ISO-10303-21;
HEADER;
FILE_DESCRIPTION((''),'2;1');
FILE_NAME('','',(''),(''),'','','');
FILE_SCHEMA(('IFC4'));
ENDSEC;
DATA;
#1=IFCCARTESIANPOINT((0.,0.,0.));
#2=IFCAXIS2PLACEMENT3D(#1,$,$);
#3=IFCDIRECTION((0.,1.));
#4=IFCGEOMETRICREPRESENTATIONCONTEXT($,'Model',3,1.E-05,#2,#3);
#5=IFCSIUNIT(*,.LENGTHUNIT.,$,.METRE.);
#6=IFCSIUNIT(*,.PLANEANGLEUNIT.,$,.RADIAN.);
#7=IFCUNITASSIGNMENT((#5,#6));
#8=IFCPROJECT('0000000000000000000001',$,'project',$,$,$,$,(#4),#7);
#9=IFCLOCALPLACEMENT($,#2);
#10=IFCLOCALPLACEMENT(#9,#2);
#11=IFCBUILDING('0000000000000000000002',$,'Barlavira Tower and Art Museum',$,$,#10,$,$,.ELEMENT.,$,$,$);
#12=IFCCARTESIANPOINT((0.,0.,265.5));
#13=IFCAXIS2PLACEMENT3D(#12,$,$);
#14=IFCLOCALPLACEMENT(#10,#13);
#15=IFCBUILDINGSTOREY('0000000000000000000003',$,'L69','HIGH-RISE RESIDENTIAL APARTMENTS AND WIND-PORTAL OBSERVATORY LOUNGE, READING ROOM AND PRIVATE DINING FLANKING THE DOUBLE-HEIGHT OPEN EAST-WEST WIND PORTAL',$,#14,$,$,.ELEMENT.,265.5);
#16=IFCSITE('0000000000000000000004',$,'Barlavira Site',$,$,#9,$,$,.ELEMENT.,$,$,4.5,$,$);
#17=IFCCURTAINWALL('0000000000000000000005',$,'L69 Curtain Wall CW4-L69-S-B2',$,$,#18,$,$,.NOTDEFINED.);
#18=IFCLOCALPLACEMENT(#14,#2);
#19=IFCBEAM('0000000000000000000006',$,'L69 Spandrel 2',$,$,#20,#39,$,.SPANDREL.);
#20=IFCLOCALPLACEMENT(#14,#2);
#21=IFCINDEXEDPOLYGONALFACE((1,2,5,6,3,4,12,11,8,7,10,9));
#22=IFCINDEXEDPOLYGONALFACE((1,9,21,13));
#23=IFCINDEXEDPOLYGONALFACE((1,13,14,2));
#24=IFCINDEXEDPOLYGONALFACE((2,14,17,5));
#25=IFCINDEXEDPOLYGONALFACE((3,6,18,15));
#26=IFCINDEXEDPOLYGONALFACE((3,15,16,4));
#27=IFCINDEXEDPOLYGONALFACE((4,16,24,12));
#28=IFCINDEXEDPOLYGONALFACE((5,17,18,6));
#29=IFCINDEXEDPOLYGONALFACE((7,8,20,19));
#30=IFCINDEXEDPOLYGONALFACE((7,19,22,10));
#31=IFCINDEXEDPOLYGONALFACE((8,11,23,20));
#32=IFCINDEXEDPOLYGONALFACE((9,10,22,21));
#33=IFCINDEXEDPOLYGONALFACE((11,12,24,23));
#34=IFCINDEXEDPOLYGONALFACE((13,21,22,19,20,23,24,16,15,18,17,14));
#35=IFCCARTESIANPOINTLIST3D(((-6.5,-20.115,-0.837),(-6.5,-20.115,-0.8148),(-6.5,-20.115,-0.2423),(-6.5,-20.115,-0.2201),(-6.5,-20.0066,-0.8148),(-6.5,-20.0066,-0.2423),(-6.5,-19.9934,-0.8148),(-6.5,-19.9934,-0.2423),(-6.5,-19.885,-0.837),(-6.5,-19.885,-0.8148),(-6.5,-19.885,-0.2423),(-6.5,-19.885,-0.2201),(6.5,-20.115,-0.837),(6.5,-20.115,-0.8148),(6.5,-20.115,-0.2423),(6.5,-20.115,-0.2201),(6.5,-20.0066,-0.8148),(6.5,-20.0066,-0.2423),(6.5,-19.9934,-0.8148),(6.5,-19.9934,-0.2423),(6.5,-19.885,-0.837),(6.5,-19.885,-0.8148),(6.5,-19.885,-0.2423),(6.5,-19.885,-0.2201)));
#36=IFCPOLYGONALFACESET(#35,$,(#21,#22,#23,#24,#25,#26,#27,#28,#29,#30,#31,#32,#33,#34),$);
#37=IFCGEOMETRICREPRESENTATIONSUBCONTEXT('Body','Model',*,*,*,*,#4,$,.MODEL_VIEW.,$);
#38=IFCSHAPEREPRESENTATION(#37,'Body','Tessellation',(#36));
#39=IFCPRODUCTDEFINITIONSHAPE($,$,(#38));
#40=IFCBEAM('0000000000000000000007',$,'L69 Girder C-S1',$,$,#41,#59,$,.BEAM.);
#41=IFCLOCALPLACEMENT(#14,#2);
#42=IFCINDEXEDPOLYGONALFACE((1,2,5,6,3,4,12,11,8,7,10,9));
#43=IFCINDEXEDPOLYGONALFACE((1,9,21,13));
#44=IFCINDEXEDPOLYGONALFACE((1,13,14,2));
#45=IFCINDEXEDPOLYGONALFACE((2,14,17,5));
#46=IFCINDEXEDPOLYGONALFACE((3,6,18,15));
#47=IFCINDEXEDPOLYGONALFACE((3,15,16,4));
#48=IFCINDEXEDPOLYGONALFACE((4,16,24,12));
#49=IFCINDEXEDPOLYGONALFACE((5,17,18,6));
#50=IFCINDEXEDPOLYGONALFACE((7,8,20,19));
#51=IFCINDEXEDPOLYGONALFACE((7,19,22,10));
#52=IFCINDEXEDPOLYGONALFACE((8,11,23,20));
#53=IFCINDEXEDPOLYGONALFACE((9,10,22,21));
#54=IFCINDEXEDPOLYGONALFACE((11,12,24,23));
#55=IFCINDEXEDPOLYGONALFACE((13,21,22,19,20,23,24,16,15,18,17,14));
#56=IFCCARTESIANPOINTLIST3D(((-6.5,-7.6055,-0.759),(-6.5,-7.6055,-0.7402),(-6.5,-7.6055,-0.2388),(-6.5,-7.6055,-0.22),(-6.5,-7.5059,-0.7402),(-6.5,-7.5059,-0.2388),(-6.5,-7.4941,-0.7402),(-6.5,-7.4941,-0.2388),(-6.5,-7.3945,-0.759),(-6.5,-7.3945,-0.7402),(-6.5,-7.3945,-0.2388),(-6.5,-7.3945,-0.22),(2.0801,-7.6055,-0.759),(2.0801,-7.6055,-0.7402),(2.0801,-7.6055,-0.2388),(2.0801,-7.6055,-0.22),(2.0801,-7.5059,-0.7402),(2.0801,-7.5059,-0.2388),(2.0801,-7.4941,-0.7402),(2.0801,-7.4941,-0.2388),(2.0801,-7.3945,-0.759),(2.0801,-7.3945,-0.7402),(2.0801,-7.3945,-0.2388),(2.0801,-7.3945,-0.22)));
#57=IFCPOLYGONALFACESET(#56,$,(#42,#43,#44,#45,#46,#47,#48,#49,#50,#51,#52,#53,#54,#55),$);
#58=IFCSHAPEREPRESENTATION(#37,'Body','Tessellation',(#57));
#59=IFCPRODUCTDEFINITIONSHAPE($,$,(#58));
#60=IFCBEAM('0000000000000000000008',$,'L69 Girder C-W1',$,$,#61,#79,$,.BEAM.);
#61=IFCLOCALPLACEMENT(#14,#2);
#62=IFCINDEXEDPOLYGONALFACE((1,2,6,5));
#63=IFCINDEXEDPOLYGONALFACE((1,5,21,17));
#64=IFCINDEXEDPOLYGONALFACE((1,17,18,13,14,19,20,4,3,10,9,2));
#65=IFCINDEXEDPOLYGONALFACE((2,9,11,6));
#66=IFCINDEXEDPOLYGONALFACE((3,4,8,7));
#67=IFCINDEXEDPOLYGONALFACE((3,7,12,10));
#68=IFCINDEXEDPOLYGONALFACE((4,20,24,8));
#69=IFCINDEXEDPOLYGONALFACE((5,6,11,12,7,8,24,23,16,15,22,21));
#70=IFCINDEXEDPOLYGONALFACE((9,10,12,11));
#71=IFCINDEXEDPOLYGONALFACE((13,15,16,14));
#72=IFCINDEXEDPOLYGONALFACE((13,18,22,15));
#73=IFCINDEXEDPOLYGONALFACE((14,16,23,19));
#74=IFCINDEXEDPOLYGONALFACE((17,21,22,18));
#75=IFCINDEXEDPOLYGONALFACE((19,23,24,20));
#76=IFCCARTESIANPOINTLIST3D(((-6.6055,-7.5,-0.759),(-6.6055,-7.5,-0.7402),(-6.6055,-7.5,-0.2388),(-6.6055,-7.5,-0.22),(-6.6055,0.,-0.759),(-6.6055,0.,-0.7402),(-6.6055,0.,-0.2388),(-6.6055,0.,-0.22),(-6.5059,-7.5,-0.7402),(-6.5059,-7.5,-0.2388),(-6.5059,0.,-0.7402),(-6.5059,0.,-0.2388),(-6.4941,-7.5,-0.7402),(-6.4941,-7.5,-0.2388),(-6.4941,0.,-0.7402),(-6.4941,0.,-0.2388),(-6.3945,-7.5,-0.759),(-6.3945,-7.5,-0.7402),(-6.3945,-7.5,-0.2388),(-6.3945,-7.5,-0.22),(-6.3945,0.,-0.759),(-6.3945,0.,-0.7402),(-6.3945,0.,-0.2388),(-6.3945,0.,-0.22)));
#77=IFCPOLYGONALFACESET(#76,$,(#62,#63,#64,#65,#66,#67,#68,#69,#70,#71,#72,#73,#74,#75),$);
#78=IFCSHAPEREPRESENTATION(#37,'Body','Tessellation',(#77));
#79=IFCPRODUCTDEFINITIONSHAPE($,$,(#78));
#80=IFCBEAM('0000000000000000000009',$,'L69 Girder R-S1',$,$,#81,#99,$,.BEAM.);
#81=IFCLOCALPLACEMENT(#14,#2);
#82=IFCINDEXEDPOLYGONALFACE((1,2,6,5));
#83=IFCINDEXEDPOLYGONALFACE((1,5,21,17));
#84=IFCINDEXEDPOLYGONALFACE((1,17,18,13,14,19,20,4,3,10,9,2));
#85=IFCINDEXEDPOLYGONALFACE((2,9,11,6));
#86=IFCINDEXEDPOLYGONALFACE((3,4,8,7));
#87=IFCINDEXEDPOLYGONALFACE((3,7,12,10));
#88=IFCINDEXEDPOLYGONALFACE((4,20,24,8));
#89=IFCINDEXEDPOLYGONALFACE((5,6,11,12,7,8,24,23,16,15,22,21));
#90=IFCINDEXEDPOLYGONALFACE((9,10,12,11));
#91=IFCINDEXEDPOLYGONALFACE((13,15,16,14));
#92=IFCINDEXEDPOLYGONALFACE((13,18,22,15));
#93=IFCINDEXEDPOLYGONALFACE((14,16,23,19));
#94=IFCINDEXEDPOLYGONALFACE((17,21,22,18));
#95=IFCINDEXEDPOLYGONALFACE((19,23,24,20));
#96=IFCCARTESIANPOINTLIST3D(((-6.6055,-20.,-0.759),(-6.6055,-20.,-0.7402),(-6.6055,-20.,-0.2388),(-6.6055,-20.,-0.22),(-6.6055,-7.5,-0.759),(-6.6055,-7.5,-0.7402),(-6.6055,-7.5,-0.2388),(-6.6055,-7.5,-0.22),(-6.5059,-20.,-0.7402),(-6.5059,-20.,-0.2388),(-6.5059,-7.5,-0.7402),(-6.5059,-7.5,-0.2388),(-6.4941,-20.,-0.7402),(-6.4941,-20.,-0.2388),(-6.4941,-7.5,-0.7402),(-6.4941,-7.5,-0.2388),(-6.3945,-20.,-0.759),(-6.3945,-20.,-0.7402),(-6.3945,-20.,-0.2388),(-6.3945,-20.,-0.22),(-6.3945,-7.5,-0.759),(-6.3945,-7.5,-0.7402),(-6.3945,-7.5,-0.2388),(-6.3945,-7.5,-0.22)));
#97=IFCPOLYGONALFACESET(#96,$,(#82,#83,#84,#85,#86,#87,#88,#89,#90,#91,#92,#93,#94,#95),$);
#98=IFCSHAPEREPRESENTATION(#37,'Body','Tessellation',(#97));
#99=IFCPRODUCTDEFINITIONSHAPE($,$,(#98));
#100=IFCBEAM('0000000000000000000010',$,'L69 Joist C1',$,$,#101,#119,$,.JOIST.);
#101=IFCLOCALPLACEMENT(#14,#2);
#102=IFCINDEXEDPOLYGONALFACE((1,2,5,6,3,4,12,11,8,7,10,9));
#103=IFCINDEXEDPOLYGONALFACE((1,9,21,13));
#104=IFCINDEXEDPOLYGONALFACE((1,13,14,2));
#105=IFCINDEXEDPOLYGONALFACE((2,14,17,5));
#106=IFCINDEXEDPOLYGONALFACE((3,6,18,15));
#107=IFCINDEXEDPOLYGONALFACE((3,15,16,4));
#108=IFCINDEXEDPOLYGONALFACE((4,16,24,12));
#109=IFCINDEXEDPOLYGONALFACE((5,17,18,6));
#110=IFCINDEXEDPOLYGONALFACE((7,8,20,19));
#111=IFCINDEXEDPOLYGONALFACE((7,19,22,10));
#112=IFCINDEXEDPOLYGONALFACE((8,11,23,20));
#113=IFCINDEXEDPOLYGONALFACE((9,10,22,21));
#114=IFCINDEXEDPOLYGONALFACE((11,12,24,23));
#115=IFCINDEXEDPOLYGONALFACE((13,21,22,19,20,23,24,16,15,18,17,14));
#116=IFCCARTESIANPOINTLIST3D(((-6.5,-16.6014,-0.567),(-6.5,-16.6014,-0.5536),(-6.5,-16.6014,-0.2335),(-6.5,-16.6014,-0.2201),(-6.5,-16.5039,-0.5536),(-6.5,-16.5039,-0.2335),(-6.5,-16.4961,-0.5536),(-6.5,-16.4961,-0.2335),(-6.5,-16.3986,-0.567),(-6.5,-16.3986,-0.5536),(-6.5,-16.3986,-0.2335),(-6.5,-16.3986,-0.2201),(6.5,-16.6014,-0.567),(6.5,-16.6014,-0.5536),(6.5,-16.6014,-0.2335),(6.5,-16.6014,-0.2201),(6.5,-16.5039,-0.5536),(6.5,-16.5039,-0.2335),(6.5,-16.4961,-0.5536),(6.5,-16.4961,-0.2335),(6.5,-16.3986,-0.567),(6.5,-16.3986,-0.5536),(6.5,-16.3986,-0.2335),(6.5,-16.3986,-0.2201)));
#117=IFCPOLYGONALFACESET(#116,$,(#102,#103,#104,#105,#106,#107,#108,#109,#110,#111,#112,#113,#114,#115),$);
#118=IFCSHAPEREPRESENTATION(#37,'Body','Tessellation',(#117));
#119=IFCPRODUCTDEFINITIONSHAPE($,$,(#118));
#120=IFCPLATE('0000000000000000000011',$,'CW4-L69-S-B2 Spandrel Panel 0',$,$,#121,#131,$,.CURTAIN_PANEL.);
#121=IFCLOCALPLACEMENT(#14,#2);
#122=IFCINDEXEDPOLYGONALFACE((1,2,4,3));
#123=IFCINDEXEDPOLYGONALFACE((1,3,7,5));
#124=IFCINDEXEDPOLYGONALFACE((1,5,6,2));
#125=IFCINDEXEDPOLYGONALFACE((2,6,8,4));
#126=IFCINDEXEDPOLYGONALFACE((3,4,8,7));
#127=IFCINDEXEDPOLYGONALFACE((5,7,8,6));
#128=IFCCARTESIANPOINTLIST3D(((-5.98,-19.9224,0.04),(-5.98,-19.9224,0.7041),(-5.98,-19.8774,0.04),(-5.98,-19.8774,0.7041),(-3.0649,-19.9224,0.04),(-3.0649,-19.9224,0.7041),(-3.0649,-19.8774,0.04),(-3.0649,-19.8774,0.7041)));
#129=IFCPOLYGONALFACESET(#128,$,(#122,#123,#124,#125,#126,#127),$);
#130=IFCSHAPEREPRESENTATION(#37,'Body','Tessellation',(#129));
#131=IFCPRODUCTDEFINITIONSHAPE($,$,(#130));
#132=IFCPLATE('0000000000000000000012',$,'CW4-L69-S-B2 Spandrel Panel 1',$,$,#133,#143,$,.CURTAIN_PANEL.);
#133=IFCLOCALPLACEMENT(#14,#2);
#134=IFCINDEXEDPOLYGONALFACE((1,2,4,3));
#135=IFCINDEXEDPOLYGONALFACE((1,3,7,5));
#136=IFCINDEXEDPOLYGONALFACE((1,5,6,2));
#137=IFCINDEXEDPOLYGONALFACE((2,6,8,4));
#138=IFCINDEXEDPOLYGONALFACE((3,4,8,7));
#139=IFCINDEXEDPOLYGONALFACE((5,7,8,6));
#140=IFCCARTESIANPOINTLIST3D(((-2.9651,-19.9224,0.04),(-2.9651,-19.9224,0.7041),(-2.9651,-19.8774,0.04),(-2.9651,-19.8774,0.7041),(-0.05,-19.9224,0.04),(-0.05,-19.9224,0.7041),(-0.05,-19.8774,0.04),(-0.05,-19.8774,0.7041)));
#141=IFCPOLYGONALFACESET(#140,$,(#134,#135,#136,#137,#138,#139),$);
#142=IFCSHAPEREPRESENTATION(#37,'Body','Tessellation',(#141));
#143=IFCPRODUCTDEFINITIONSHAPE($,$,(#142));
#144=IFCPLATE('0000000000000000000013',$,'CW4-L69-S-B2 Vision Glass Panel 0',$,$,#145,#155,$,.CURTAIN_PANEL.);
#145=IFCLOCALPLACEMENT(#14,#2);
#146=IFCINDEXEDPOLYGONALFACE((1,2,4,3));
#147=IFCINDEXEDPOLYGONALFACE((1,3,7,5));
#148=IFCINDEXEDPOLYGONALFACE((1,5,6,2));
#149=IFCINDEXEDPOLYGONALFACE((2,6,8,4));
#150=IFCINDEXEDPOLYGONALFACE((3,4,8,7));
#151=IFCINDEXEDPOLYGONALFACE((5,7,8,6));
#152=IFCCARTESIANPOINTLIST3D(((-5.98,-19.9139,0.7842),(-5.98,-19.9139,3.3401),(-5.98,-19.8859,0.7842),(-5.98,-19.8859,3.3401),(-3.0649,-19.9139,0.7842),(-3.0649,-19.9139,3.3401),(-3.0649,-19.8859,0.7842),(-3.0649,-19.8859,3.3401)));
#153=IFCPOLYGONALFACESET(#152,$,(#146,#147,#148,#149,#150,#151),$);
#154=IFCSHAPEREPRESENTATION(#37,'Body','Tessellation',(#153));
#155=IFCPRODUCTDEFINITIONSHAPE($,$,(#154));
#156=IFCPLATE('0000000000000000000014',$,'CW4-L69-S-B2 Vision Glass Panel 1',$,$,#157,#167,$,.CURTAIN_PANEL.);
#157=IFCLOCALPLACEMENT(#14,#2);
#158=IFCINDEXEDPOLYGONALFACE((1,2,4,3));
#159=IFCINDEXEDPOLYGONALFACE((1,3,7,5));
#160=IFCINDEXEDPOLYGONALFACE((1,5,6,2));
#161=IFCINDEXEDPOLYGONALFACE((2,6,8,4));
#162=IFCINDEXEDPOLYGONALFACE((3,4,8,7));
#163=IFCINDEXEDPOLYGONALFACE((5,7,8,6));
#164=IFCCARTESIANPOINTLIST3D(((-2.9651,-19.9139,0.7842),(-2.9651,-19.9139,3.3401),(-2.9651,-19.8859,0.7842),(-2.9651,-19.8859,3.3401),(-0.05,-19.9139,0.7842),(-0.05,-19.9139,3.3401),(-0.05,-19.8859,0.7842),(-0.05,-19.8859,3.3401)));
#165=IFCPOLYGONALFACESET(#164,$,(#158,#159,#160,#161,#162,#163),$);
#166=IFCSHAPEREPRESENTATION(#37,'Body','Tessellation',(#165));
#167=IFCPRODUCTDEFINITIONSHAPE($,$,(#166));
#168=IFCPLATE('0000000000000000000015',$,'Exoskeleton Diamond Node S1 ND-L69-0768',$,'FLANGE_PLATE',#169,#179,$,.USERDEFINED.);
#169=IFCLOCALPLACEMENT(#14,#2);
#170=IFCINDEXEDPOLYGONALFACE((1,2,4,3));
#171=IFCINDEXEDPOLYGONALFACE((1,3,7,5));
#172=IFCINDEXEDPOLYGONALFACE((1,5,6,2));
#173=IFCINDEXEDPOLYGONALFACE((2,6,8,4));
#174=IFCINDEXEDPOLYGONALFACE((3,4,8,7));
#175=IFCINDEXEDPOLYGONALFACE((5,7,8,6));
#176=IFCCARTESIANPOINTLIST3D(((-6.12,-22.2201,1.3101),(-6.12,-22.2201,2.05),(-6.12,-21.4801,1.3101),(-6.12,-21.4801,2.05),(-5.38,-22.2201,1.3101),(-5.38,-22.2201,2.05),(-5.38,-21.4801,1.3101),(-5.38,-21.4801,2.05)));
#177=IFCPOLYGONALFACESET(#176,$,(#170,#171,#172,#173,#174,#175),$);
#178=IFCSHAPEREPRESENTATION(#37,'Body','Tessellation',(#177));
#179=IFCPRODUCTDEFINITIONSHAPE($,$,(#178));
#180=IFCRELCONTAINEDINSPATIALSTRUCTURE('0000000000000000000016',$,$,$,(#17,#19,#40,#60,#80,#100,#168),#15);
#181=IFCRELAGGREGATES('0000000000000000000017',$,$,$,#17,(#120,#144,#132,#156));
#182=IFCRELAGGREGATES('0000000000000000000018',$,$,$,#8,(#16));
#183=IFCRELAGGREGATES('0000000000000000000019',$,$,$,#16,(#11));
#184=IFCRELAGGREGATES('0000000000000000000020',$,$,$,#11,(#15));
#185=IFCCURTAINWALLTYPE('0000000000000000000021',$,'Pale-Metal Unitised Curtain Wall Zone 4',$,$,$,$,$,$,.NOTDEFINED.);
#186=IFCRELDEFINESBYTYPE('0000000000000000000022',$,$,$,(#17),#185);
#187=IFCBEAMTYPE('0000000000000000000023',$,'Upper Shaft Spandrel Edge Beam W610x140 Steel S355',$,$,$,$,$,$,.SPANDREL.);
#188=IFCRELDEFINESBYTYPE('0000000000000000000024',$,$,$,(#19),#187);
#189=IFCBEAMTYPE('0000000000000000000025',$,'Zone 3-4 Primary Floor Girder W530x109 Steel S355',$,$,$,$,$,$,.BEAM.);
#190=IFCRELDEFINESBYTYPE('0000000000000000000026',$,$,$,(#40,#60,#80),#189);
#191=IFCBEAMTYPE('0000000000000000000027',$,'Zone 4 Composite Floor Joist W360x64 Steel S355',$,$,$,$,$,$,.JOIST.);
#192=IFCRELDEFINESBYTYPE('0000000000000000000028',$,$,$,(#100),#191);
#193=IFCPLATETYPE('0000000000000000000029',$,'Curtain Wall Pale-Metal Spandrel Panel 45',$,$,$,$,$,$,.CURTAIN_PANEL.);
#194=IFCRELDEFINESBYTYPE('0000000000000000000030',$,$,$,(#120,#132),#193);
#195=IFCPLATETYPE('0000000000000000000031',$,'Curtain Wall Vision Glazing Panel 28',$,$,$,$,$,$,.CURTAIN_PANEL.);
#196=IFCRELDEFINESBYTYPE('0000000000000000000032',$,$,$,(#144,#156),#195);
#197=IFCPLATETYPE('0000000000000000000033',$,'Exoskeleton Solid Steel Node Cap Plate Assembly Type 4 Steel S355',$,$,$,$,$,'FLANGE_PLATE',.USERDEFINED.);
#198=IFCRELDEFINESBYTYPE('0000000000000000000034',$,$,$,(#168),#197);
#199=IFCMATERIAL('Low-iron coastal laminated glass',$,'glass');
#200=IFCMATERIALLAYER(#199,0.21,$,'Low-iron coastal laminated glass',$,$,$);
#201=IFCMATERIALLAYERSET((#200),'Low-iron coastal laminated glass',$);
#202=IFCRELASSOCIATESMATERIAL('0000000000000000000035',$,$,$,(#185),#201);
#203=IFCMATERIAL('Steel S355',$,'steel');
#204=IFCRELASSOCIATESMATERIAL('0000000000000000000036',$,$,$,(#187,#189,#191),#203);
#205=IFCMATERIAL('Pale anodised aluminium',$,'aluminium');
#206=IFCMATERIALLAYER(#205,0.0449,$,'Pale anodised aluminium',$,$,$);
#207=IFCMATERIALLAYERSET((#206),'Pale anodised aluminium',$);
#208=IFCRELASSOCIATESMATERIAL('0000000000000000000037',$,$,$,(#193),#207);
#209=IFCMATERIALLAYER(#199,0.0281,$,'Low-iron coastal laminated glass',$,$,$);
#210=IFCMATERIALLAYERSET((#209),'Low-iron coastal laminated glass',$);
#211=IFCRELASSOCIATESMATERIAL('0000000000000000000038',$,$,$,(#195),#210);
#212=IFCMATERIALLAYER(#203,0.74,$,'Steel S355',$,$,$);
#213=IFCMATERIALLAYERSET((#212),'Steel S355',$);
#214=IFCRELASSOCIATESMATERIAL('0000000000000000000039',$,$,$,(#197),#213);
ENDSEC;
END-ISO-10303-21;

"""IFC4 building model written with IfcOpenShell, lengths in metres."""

from ifc_helpers import new_model, si_unit, direction, frame, origin, origin_2d, place, context, subcontext, project, spatial, rectangle, i_section, extrude, material, layer, layer_set, material_profile, profile_set, type_object, element, aggregate, save


model = new_model("IFC4")

# Units and contexts
model_context = context("Model", 3, precision=1e-05, world=origin(), true_north=direction((0.0, 1.0)))
body_context = subcontext(model_context, "Body", "Model", "MODEL_VIEW")
ifc_project = project(units=[si_unit("LENGTHUNIT", "METRE"), si_unit("PLANEANGLEUNIT", "RADIAN")], contexts=[model_context])

# Site, building, storey
site_placement = place(None, origin())
site = spatial("IfcSite", under=ifc_project, at=site_placement, Name="Barlavira Site", CompositionType="ELEMENT", RefElevation=4.5)
building_placement = place(site_placement, origin())
building = spatial("IfcBuilding", under=site, at=building_placement, Name="Barlavira Tower and Art Museum", CompositionType="ELEMENT")
storey_placement = place(building_placement, frame((0.0, 0.0, 265.5)))
storey = spatial("IfcBuildingStorey", under=building, at=storey_placement, Name="L69", Description="HIGH-RISE RESIDENTIAL APARTMENTS AND WIND-PORTAL OBSERVATORY LOUNGE, READING ROOM AND PRIVATE DINING FLANKING THE DOUBLE-HEIGHT OPEN EAST-WEST WIND PORTAL", CompositionType="ELEMENT", Elevation=265.5)

# Shared definitions
ifc_material_1 = material(Name="Steel S355", Category="steel")

# Curtain wall
ifc_material_2 = material(Name="Low-iron coastal laminated glass", Category="glass")
ifc_layer_1 = layer(ifc_material_2, 0.21, Name="Low-iron coastal laminated glass")
ifc_layer_set_1 = layer_set([ifc_layer_1], Name="Low-iron coastal laminated glass")
curtain_wall_type = type_object("IfcCurtainWallType", Name="Pale-Metal Unitised Curtain Wall Zone 4", PredefinedType="NOTDEFINED", material=ifc_layer_set_1)
curtain_wall_placement = place(storey_placement, origin())
curtain_wall = element("IfcCurtainWall", 1, at=curtain_wall_placement, inside=storey, type_object=curtain_wall_type, Name="L69 Curtain Wall CW4-L69-S-B2", PredefinedType="NOTDEFINED")
ifc_material_3 = material(Name="Pale anodised aluminium", Category="aluminium")

# Beams
ifc_material_profile_1 = material_profile(ifc_material_1, i_section(OverallWidth=0.23, OverallDepth=0.6169, WebThickness=0.0132, FlangeThickness=0.0222, at=origin_2d()), Name="W610x140.0")
ifc_profile_set_1 = profile_set([ifc_material_profile_1], Name="Steel S355")
beam_type_1 = type_object("IfcBeamType", Name="Upper Shaft Spandrel Edge Beam W610x140 Steel S355", PredefinedType="SPANDREL", material=ifc_profile_set_1)
beam_1_placement = place(storey_placement, frame((-6.5, -20.0, -0.5286), z_axis=(1.0, 0.0, 0.0), x_axis=(0.0, 1.0, 0.0)))
element("IfcBeam", 2, at=beam_1_placement, inside=storey, type_object=beam_type_1, Name="L69 Spandrel 2", PredefinedType="SPANDREL", context=body_context, shape_type="SweptSolid", body=[
    extrude(i_section(OverallWidth=0.23, OverallDepth=0.6169, WebThickness=0.0132, FlangeThickness=0.0222, at=origin_2d()), origin(), (0.0, 0.0, 1.0), 13.0),
])
ifc_material_profile_2 = material_profile(ifc_material_1, i_section(OverallWidth=0.2109, OverallDepth=0.5391, WebThickness=0.0117, FlangeThickness=0.0188, at=origin_2d()), Name="W530x109.0")
ifc_profile_set_2 = profile_set([ifc_material_profile_2], Name="Steel S355")
beam_type_2 = type_object("IfcBeamType", Name="Zone 3-4 Primary Floor Girder W530x109 Steel S355", PredefinedType="BEAM", material=ifc_profile_set_2)
beam_2_placement = place(storey_placement, frame((-6.5, -7.5, -0.4895), z_axis=(1.0, 0.0, 0.0), x_axis=(0.0, 1.0, 0.0)))
element("IfcBeam", 3, at=beam_2_placement, inside=storey, type_object=beam_type_2, Name="L69 Girder C-S1", PredefinedType="BEAM", context=body_context, shape_type="SweptSolid", body=[
    extrude(i_section(OverallWidth=0.2109, OverallDepth=0.5391, WebThickness=0.0117, FlangeThickness=0.0188, at=origin_2d()), origin(), (0.0, 0.0, 1.0), 8.5801),
])
beam_3_placement = place(storey_placement, frame((-6.5, -7.5, -0.4895), z_axis=(0.0, 1.0, 0.0), x_axis=(-1.0, 0.0, 0.0)))
element("IfcBeam", 4, at=beam_3_placement, inside=storey, type_object=beam_type_2, Name="L69 Girder C-W1", PredefinedType="BEAM", context=body_context, shape_type="SweptSolid", body=[
    extrude(i_section(OverallWidth=0.2109, OverallDepth=0.5391, WebThickness=0.0117, FlangeThickness=0.0188, at=origin_2d()), origin(), (0.0, 0.0, 1.0), 7.5),
])
beam_4_placement = place(storey_placement, frame((-6.5, -20.0, -0.4895), z_axis=(0.0, 1.0, 0.0), x_axis=(-1.0, 0.0, 0.0)))
element("IfcBeam", 5, at=beam_4_placement, inside=storey, type_object=beam_type_2, Name="L69 Girder R-S1", PredefinedType="BEAM", context=body_context, shape_type="SweptSolid", body=[
    extrude(i_section(OverallWidth=0.2109, OverallDepth=0.5391, WebThickness=0.0117, FlangeThickness=0.0188, at=origin_2d()), origin(), (0.0, 0.0, 1.0), 12.5),
])
ifc_material_profile_3 = material_profile(ifc_material_1, i_section(OverallWidth=0.2029, OverallDepth=0.3469, WebThickness=0.0078, FlangeThickness=0.0134, at=origin_2d()), Name="W360x64.0")
ifc_profile_set_3 = profile_set([ifc_material_profile_3], Name="Steel S355")
beam_type_3 = type_object("IfcBeamType", Name="Zone 4 Composite Floor Joist W360x64 Steel S355", PredefinedType="JOIST", material=ifc_profile_set_3)
beam_5_placement = place(storey_placement, frame((-6.5, -16.5, -0.3936), z_axis=(1.0, 0.0, 0.0), x_axis=(0.0, 1.0, 0.0)))
element("IfcBeam", 6, at=beam_5_placement, inside=storey, type_object=beam_type_3, Name="L69 Joist C1", PredefinedType="JOIST", context=body_context, shape_type="SweptSolid", body=[
    extrude(i_section(OverallWidth=0.2029, OverallDepth=0.3469, WebThickness=0.0078, FlangeThickness=0.0134, at=origin_2d()), origin(), (0.0, 0.0, 1.0), 13.0),
])

# Plates
ifc_layer_2 = layer(ifc_material_3, 0.0449, Name="Pale anodised aluminium")
ifc_layer_set_2 = layer_set([ifc_layer_2], Name="Pale anodised aluminium")
plate_type_1 = type_object("IfcPlateType", Name="Curtain Wall Pale-Metal Spandrel Panel 45", PredefinedType="CURTAIN_PANEL", material=ifc_layer_set_2)
plate_1_placement = place(storey_placement, frame((-4.5225, -19.8999, 0.04), z_axis=(0.0, 0.0, 1.0), x_axis=(1.0, 0.0, 0.0)))
plate_1 = element("IfcPlate", 7, at=plate_1_placement, type_object=plate_type_1, Name="CW4-L69-S-B2 Spandrel Panel 0", PredefinedType="CURTAIN_PANEL", context=body_context, shape_type="SweptSolid", body=[
    extrude(rectangle(XDim=2.915, YDim=0.0449, at=origin_2d()), origin(), (0.0, 0.0, 1.0), 0.6641),
])
plate_2_placement = place(storey_placement, frame((-1.5076, -19.8999, 0.04), z_axis=(0.0, 0.0, 1.0), x_axis=(1.0, 0.0, 0.0)))
plate_2 = element("IfcPlate", 8, at=plate_2_placement, type_object=plate_type_1, Name="CW4-L69-S-B2 Spandrel Panel 1", PredefinedType="CURTAIN_PANEL", context=body_context, shape_type="SweptSolid", body=[
    extrude(rectangle(XDim=2.915, YDim=0.0449, at=origin_2d()), origin(), (0.0, 0.0, 1.0), 0.6641),
])
ifc_layer_3 = layer(ifc_material_2, 0.0281, Name="Low-iron coastal laminated glass")
ifc_layer_set_3 = layer_set([ifc_layer_3], Name="Low-iron coastal laminated glass")
plate_type_2 = type_object("IfcPlateType", Name="Curtain Wall Vision Glazing Panel 28", PredefinedType="CURTAIN_PANEL", material=ifc_layer_set_3)
plate_3_placement = place(storey_placement, frame((-4.5225, -19.8999, 0.7842), z_axis=(0.0, 0.0, 1.0), x_axis=(1.0, 0.0, 0.0)))
plate_3 = element("IfcPlate", 9, at=plate_3_placement, type_object=plate_type_2, Name="CW4-L69-S-B2 Vision Glass Panel 0", PredefinedType="CURTAIN_PANEL", context=body_context, shape_type="SweptSolid", body=[
    extrude(rectangle(XDim=2.915, YDim=0.0281, at=origin_2d()), origin(), (0.0, 0.0, 1.0), 2.5559),
])
plate_4_placement = place(storey_placement, frame((-1.5076, -19.8999, 0.7842), z_axis=(0.0, 0.0, 1.0), x_axis=(1.0, 0.0, 0.0)))
plate_4 = element("IfcPlate", 10, at=plate_4_placement, type_object=plate_type_2, Name="CW4-L69-S-B2 Vision Glass Panel 1", PredefinedType="CURTAIN_PANEL", context=body_context, shape_type="SweptSolid", body=[
    extrude(rectangle(XDim=2.915, YDim=0.0281, at=origin_2d()), origin(), (0.0, 0.0, 1.0), 2.5559),
])
aggregate(curtain_wall, [plate_1, plate_3, plate_2, plate_4])
ifc_layer_4 = layer(ifc_material_1, 0.74, Name="Steel S355")
ifc_layer_set_4 = layer_set([ifc_layer_4], Name="Steel S355")
plate_type_3 = type_object("IfcPlateType", Name="Exoskeleton Solid Steel Node Cap Plate Assembly Type 4 Steel S355", ElementType="FLANGE_PLATE", PredefinedType="USERDEFINED", material=ifc_layer_set_4)
plate_5_placement = place(storey_placement, frame((-5.75, -21.8501, 1.3101), z_axis=(0.0, 0.0, 1.0), x_axis=(1.0, 0.0, 0.0)))
element("IfcPlate", 11, at=plate_5_placement, inside=storey, type_object=plate_type_3, Name="Exoskeleton Diamond Node S1 ND-L69-0768", ObjectType="FLANGE_PLATE", PredefinedType="USERDEFINED", context=body_context, shape_type="SweptSolid", body=[
    extrude(rectangle(XDim=0.74, YDim=0.74, at=origin_2d()), origin(), (0.0, 0.0, 1.0), 0.74),
])

save(model, "model.ifc")
